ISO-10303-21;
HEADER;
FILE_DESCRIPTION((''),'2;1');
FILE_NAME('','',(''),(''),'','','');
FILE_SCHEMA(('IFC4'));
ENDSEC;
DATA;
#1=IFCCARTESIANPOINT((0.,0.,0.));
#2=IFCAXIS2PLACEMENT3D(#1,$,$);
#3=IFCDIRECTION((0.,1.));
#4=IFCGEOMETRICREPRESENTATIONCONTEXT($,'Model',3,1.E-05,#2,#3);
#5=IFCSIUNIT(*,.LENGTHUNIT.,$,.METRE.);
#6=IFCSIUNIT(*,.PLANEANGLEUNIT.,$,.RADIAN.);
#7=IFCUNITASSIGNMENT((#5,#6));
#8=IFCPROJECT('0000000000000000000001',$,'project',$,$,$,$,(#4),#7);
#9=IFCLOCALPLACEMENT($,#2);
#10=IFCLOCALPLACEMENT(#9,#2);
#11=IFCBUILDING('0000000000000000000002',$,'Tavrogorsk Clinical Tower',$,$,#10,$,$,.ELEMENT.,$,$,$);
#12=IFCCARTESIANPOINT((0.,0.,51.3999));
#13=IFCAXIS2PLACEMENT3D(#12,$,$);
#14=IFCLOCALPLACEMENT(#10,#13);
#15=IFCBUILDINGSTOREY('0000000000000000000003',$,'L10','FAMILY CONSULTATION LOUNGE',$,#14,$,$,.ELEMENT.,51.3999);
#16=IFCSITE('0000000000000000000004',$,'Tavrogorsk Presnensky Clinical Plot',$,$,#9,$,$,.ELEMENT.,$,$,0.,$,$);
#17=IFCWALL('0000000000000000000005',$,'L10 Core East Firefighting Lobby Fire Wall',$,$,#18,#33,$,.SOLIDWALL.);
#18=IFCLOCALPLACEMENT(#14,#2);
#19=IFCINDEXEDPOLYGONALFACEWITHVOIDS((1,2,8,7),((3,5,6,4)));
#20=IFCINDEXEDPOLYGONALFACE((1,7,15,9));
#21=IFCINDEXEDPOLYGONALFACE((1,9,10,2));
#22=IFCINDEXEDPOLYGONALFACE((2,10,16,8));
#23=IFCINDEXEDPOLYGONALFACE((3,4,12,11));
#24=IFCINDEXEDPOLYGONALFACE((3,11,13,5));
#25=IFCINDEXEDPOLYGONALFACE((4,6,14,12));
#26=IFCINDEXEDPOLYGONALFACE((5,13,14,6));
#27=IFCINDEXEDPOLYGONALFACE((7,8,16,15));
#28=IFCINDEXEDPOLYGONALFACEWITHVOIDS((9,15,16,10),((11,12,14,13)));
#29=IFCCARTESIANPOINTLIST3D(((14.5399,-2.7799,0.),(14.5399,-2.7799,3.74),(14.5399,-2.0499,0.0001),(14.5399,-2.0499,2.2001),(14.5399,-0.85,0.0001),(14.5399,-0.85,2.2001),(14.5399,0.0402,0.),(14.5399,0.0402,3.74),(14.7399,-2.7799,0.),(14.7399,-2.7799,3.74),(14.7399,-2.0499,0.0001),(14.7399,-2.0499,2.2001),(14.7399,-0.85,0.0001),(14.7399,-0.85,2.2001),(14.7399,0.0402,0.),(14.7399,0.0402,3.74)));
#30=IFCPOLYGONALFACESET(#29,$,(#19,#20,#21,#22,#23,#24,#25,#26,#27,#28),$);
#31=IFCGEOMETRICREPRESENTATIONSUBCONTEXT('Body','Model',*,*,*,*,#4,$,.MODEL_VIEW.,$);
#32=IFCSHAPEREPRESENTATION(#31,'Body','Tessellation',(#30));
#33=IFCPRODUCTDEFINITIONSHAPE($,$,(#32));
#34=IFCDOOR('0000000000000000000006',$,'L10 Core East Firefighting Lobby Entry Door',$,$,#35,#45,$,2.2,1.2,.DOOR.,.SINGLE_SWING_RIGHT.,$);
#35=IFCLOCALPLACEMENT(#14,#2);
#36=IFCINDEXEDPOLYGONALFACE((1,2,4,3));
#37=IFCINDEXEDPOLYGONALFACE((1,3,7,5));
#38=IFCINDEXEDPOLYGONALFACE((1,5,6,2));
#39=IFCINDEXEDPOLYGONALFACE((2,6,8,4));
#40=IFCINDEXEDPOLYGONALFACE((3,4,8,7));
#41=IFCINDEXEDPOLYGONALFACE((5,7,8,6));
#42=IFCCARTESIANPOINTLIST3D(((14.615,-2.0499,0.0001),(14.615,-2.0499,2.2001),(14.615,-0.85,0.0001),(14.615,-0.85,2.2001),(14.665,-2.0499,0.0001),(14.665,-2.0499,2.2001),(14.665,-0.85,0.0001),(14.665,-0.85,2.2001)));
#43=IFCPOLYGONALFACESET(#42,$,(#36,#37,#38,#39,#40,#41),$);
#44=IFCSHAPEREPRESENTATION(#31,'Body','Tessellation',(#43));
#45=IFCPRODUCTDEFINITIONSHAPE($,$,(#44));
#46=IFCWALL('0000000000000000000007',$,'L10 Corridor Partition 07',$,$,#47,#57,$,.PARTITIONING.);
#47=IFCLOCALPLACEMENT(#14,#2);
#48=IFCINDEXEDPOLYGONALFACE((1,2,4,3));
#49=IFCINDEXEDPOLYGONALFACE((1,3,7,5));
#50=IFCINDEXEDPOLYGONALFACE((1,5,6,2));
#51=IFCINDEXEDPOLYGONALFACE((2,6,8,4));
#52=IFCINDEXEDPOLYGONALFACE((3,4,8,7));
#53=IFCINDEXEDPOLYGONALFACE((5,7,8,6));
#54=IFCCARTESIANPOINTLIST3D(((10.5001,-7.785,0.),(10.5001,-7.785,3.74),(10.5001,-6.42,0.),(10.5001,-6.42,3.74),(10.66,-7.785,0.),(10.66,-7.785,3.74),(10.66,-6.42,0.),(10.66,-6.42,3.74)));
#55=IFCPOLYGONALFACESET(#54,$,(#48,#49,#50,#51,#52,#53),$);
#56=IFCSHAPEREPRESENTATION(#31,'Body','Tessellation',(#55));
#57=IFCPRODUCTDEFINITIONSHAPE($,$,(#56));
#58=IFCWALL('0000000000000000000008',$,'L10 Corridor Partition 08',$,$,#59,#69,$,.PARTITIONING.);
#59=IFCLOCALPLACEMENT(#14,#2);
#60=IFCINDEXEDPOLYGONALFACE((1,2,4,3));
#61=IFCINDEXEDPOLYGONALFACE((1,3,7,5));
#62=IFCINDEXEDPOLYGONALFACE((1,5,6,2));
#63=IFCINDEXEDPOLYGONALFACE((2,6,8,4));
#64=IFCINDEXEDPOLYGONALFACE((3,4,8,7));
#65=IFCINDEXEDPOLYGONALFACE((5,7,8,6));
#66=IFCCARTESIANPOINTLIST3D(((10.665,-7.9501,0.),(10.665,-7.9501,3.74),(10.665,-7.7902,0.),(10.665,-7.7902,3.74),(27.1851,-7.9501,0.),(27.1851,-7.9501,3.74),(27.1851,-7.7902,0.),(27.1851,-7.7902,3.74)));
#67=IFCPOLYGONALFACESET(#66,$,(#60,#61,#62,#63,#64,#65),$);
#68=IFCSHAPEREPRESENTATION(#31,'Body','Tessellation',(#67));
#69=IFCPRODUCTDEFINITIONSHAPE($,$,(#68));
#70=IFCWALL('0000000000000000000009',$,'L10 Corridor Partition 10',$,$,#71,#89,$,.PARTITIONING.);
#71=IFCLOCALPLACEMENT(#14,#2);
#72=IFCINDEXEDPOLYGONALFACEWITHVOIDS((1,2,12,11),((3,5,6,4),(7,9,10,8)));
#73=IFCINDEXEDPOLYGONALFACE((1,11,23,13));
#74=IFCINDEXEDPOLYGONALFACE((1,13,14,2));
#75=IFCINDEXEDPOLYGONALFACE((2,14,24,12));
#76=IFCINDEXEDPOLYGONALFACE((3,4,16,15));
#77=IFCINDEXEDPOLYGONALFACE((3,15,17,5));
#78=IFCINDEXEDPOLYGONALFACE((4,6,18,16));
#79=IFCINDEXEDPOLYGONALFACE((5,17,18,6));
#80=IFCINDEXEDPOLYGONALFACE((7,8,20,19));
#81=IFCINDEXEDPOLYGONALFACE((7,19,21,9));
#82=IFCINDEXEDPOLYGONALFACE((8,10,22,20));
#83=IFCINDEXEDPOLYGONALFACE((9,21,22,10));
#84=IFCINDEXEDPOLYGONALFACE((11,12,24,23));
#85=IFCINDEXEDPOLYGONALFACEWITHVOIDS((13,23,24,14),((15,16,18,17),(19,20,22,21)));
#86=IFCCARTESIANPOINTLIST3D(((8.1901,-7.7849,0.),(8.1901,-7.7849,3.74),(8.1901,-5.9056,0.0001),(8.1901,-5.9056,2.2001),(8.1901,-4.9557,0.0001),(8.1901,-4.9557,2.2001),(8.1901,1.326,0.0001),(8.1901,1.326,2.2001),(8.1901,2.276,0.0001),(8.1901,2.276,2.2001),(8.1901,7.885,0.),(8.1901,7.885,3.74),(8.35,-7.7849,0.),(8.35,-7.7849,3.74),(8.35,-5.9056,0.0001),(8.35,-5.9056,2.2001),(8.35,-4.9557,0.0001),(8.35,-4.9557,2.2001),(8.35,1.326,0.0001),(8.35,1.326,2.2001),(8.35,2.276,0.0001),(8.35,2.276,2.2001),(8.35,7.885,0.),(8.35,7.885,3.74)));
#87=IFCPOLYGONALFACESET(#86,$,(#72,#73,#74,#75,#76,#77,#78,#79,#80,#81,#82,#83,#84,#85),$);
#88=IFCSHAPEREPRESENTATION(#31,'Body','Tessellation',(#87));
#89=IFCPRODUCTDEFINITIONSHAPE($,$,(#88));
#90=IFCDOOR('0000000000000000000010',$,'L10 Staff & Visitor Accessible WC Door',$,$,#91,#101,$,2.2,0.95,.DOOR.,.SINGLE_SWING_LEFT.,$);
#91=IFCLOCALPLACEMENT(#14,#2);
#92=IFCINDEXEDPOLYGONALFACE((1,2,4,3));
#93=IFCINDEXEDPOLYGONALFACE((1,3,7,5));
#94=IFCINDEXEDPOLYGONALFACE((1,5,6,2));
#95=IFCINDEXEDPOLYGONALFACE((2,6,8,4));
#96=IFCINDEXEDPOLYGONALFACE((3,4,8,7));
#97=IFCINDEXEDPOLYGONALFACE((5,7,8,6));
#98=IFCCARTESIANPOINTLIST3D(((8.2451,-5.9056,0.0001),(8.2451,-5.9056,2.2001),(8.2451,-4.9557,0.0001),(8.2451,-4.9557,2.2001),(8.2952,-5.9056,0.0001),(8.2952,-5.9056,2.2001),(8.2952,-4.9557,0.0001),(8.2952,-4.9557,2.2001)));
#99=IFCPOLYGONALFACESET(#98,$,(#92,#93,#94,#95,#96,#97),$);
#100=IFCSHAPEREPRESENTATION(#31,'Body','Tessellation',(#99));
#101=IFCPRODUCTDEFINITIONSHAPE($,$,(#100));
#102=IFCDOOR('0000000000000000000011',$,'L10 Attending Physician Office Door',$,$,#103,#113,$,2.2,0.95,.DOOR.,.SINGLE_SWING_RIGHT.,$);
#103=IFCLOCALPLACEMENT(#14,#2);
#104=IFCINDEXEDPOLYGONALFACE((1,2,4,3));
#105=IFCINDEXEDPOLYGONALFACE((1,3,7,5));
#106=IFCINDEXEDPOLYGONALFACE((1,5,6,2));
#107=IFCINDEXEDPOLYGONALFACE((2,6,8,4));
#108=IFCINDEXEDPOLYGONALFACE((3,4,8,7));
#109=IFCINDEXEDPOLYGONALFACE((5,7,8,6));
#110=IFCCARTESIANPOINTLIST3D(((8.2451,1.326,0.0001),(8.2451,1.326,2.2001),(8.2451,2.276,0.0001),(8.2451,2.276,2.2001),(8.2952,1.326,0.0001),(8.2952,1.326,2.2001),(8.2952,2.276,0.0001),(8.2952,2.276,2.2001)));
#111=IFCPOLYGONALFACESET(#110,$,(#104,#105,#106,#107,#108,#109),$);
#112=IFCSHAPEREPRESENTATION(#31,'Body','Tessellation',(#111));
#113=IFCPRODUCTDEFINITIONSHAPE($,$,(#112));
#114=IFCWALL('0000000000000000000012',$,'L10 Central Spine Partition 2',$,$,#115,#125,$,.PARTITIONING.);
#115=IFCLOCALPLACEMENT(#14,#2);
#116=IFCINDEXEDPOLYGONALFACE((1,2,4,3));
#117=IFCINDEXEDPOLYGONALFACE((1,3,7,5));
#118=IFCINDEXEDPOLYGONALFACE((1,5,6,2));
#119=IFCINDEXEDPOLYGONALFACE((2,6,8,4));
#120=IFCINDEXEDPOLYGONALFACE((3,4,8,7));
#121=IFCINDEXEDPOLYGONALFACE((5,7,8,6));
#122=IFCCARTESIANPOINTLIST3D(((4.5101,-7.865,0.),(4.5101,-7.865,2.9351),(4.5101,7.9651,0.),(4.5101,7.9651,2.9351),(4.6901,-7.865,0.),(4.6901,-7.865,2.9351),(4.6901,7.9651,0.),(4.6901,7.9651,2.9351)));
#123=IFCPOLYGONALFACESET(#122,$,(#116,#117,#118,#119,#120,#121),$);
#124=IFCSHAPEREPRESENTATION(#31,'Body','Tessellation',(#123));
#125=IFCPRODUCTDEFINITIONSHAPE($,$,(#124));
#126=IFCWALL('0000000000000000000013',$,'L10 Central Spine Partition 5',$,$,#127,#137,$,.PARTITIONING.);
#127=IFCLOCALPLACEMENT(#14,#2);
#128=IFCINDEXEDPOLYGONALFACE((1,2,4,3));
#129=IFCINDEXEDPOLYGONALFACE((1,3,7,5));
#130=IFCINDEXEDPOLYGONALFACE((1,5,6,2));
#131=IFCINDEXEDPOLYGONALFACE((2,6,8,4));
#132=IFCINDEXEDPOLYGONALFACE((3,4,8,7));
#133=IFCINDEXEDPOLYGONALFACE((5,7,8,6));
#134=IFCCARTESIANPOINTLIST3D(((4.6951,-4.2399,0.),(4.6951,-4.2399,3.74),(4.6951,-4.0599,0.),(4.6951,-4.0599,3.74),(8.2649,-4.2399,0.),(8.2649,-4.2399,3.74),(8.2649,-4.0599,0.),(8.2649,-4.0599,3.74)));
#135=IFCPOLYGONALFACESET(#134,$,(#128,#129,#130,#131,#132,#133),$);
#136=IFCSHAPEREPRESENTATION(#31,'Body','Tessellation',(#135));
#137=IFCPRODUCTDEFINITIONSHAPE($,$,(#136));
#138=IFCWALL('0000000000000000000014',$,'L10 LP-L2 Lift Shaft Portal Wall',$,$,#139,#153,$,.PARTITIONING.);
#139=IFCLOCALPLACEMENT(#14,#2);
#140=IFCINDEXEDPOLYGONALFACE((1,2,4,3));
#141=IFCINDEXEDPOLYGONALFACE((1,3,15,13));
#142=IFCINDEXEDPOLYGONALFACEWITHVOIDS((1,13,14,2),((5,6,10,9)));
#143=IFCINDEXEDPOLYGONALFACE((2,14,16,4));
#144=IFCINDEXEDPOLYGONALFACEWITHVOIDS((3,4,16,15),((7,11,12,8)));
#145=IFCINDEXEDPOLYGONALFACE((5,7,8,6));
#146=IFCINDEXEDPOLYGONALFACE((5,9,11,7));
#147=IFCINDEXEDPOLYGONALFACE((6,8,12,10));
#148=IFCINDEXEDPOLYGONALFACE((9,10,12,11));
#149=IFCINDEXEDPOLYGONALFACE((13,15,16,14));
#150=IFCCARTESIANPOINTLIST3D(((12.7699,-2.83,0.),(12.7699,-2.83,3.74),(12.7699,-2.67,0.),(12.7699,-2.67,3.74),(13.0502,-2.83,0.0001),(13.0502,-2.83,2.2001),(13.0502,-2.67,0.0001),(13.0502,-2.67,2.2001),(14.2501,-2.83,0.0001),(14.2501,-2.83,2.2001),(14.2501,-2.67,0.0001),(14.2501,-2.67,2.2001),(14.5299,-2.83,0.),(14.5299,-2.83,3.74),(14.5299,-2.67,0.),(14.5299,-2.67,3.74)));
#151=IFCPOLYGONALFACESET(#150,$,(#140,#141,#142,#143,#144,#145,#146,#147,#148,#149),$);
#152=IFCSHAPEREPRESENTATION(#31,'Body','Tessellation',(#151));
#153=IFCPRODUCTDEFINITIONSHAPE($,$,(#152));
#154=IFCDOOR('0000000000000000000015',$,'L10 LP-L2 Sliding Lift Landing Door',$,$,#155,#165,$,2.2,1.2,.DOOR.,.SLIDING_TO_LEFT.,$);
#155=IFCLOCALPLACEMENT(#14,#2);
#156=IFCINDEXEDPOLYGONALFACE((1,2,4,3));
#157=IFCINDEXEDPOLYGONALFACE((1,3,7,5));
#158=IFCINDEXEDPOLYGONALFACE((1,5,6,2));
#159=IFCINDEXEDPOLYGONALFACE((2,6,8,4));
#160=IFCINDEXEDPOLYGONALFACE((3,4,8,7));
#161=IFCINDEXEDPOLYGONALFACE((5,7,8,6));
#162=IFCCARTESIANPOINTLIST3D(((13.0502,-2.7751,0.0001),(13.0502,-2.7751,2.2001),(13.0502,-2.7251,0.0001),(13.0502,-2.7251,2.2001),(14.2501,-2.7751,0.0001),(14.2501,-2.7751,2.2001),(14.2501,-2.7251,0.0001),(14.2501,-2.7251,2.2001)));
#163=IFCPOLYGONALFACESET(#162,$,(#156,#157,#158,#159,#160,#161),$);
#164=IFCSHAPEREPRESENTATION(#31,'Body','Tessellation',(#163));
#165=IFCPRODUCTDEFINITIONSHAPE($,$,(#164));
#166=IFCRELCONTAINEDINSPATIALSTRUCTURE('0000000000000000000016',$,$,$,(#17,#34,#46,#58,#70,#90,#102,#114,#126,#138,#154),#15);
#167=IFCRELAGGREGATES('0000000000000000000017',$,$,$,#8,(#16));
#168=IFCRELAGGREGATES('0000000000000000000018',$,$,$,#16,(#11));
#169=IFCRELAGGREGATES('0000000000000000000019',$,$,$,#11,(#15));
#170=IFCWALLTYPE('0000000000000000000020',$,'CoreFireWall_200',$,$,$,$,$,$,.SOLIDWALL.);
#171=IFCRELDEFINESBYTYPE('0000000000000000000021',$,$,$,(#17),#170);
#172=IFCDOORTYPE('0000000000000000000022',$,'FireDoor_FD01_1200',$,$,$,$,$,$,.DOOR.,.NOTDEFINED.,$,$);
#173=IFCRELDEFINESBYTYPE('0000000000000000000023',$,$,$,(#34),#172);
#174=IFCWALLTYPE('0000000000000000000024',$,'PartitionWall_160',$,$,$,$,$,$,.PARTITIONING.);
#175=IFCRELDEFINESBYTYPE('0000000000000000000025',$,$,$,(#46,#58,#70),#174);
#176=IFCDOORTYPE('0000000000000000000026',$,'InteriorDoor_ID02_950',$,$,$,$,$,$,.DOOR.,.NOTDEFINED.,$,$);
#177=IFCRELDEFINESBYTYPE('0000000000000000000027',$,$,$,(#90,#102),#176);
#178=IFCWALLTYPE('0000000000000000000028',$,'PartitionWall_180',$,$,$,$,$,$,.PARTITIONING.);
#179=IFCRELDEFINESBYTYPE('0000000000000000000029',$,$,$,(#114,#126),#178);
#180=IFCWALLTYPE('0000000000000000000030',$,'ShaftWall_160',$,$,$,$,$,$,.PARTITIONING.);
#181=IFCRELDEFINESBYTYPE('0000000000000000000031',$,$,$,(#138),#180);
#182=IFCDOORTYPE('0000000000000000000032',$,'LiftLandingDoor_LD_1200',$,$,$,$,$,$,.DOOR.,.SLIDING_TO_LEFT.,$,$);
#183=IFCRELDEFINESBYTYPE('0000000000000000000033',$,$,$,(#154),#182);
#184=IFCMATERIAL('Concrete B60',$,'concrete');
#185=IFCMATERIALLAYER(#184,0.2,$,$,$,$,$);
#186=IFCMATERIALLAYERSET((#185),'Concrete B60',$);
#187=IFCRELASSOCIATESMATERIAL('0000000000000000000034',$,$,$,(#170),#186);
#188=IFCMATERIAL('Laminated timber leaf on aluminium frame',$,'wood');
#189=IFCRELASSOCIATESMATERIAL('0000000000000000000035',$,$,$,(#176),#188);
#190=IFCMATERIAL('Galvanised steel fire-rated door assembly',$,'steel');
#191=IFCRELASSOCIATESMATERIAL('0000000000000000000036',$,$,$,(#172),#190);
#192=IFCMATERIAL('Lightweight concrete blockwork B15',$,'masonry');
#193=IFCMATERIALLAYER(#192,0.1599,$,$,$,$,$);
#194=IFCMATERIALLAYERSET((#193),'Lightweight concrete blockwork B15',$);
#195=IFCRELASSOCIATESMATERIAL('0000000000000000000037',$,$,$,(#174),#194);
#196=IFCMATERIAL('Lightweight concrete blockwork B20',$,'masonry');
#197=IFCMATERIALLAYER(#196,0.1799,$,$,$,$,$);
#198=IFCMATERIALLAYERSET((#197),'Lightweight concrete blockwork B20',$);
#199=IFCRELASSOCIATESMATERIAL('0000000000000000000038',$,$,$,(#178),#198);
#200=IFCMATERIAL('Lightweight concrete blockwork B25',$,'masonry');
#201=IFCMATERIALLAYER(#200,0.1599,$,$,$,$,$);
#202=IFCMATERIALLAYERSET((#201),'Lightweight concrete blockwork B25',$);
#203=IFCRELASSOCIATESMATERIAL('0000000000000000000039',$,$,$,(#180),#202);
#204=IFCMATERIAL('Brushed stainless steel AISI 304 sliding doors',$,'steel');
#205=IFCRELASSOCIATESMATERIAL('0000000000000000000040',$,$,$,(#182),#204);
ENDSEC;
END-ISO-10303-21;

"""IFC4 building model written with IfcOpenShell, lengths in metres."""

from ifc_helpers import new_model, si_unit, direction, frame, frame_2d, origin, place, context, subcontext, project, spatial, rectangle, extrude, material, layer, layer_set, type_object, element, fill, save


model = new_model("IFC4")

# Units and contexts
model_context = context("Model", 3, precision=1e-05, world=origin(), true_north=direction((0.0, 1.0)))
body_context = subcontext(model_context, "Body", "Model", "MODEL_VIEW")
ifc_project = project(units=[si_unit("LENGTHUNIT", "METRE"), si_unit("PLANEANGLEUNIT", "RADIAN")], contexts=[model_context])

# Site, building, storey
site_placement = place(None, origin())
site = spatial("IfcSite", under=ifc_project, at=site_placement, Name="Tavrogorsk Presnensky Clinical Plot", CompositionType="ELEMENT", RefElevation=0.0)
building_placement = place(site_placement, origin())
building = spatial("IfcBuilding", under=site, at=building_placement, Name="Tavrogorsk Clinical Tower", CompositionType="ELEMENT")
storey_placement = place(building_placement, frame((0.0, 0.0, 51.3999)))
storey = spatial("IfcBuildingStorey", under=building, at=storey_placement, Name="L10", Description="FAMILY CONSULTATION LOUNGE", CompositionType="ELEMENT", Elevation=51.3999)

# Wall, opening, door
ifc_material_1 = material(Name="Concrete B60", Category="concrete")
ifc_layer_1 = layer(ifc_material_1, 0.2)
ifc_layer_set_1 = layer_set([ifc_layer_1], Name="Concrete B60")
wall_type_1 = type_object("IfcWallType", Name="CoreFireWall_200", PredefinedType="SOLIDWALL", material=ifc_layer_set_1)
ifc_material_2 = material(Name="Laminated timber leaf on aluminium frame", Category="wood")
door_type_1 = type_object("IfcDoorType", Name="InteriorDoor_ID02_950", OperationType="NOTDEFINED", PredefinedType="DOOR", material=ifc_material_2)
wall_1_placement = place(storey_placement, frame((14.6399, -2.78, 0.0), z_axis=(0.0, 0.0, 1.0), x_axis=(0.0, 1.0, 0.0)))
wall_1 = element("IfcWall", 1, at=wall_1_placement, inside=storey, type_object=wall_type_1, Name="L10 Core East Firefighting Lobby Fire Wall", PredefinedType="SOLIDWALL", context=body_context, shape_type="SweptSolid", body=[
    extrude(rectangle(XDim=2.8201, YDim=0.2, at=frame_2d((1.4102, 0.0))), origin(), (0.0, 0.0, 1.0), 3.74),
])
opening_1_placement = place(wall_1_placement, frame((0.73, 0.0, 0.0)))
opening_1 = element("IfcOpeningElement", 2, at=opening_1_placement, cuts=wall_1, PredefinedType="OPENING", context=body_context, shape_type="SweptSolid", body=[
    extrude(rectangle(XDim=1.2, YDim=2.2, at=frame_2d((0.6001, 1.1001))), frame((0.0, 0.1099, 0.0), z_axis=(0.0, -1.0, 0.0), x_axis=(1.0, 0.0, 0.0)), (0.0, 0.0, 1.0), 0.22),
])
ifc_material_3 = material(Name="Galvanised steel fire-rated door assembly", Category="steel")
door_type_2 = type_object("IfcDoorType", Name="FireDoor_FD01_1200", OperationType="NOTDEFINED", PredefinedType="DOOR", material=ifc_material_3)
door_1_placement = place(opening_1_placement, origin())
door_1 = element("IfcDoor", 3, at=door_1_placement, inside=storey, type_object=door_type_2, Name="L10 Core East Firefighting Lobby Entry Door", OperationType="SINGLE_SWING_RIGHT", OverallHeight=2.2, OverallWidth=1.2, PredefinedType="DOOR", context=body_context, shape_type="SweptSolid", body=[
    extrude(rectangle(XDim=1.2, YDim=2.2, at=frame_2d((0.6001, 1.1001))), frame((0.0, 0.0249, 0.0), z_axis=(0.0, -1.0, 0.0), x_axis=(1.0, 0.0, 0.0)), (0.0, 0.0, 1.0), 0.05),
])
fill(opening_1, door_1)

# Walls
ifc_material_4 = material(Name="Lightweight concrete blockwork B15", Category="masonry")
ifc_layer_2 = layer(ifc_material_4, 0.1599)
ifc_layer_set_2 = layer_set([ifc_layer_2], Name="Lightweight concrete blockwork B15")
wall_type_2 = type_object("IfcWallType", Name="PartitionWall_160", PredefinedType="PARTITIONING", material=ifc_layer_set_2)
wall_2_placement = place(storey_placement, frame((10.5801, -6.4199, 0.0), z_axis=(0.0, 0.0, 1.0), x_axis=(0.0, -1.0, 0.0)))
element("IfcWall", 4, at=wall_2_placement, inside=storey, type_object=wall_type_2, Name="L10 Corridor Partition 07", PredefinedType="PARTITIONING", context=body_context, shape_type="SweptSolid", body=[
    extrude(rectangle(XDim=1.365, YDim=0.1599, at=frame_2d((0.6826, 0.0))), origin(), (0.0, 0.0, 1.0), 3.74),
])
wall_3_placement = place(storey_placement, frame((10.665, -7.8701, 0.0), z_axis=(0.0, 0.0, 1.0), x_axis=(1.0, 0.0, 0.0)))
element("IfcWall", 5, at=wall_3_placement, inside=storey, type_object=wall_type_2, Name="L10 Corridor Partition 08", PredefinedType="PARTITIONING", context=body_context, shape_type="SweptSolid", body=[
    extrude(rectangle(XDim=16.52, YDim=0.1599, at=frame_2d((8.26, 0.0))), origin(), (0.0, 0.0, 1.0), 3.74),
])

# Wall, openings, doors
wall_4_placement = place(storey_placement, frame((8.27, -7.7849, 0.0), z_axis=(0.0, 0.0, 1.0), x_axis=(0.0, 1.0, 0.0)))
wall_4 = element("IfcWall", 6, at=wall_4_placement, inside=storey, type_object=wall_type_2, Name="L10 Corridor Partition 10", PredefinedType="PARTITIONING", context=body_context, shape_type="SweptSolid", body=[
    extrude(rectangle(XDim=15.6699, YDim=0.1599, at=frame_2d((7.835, 0.0))), origin(), (0.0, 0.0, 1.0), 3.74),
])
opening_2_placement = place(wall_4_placement, frame((1.8792, 0.0, 0.0)))
opening_2 = element("IfcOpeningElement", 7, at=opening_2_placement, cuts=wall_4, PredefinedType="OPENING", context=body_context, shape_type="SweptSolid", body=[
    extrude(rectangle(XDim=0.95, YDim=2.2, at=frame_2d((0.4751, 1.1001))), frame((0.0, 0.0898, 0.0), z_axis=(0.0, -1.0, 0.0), x_axis=(1.0, 0.0, 0.0)), (0.0, 0.0, 1.0), 0.1799),
])
opening_3_placement = place(wall_4_placement, frame((9.1108, 0.0, 0.0)))
opening_3 = element("IfcOpeningElement", 8, at=opening_3_placement, cuts=wall_4, PredefinedType="OPENING", context=body_context, shape_type="SweptSolid", body=[
    extrude(rectangle(XDim=0.95, YDim=2.2, at=frame_2d((0.4751, 1.1001))), frame((0.0, 0.0898, 0.0), z_axis=(0.0, -1.0, 0.0), x_axis=(1.0, 0.0, 0.0)), (0.0, 0.0, 1.0), 0.1799),
])
door_2_placement = place(opening_2_placement, origin())
door_2 = element("IfcDoor", 9, at=door_2_placement, inside=storey, type_object=door_type_1, Name="L10 Staff & Visitor Accessible WC Door", OperationType="SINGLE_SWING_LEFT", OverallHeight=2.2, OverallWidth=0.95, PredefinedType="DOOR", context=body_context, shape_type="SweptSolid", body=[
    extrude(rectangle(XDim=0.95, YDim=2.2, at=frame_2d((0.4751, 1.1001))), frame((0.0, 0.0249, 0.0), z_axis=(0.0, -1.0, 0.0), x_axis=(1.0, 0.0, 0.0)), (0.0, 0.0, 1.0), 0.05),
])
fill(opening_2, door_2)
door_3_placement = place(opening_3_placement, origin())
door_3 = element("IfcDoor", 10, at=door_3_placement, inside=storey, type_object=door_type_1, Name="L10 Attending Physician Office Door", OperationType="SINGLE_SWING_RIGHT", OverallHeight=2.2, OverallWidth=0.95, PredefinedType="DOOR", context=body_context, shape_type="SweptSolid", body=[
    extrude(rectangle(XDim=0.95, YDim=2.2, at=frame_2d((0.4751, 1.1001))), frame((0.0, 0.0249, 0.0), z_axis=(0.0, -1.0, 0.0), x_axis=(1.0, 0.0, 0.0)), (0.0, 0.0, 1.0), 0.05),
])
fill(opening_3, door_3)

# Walls
ifc_material_5 = material(Name="Lightweight concrete blockwork B20", Category="masonry")
ifc_layer_3 = layer(ifc_material_5, 0.1799)
ifc_layer_set_3 = layer_set([ifc_layer_3], Name="Lightweight concrete blockwork B20")
wall_type_3 = type_object("IfcWallType", Name="PartitionWall_180", PredefinedType="PARTITIONING", material=ifc_layer_set_3)
wall_5_placement = place(storey_placement, frame((4.6001, -7.865, 0.0), z_axis=(0.0, 0.0, 1.0), x_axis=(0.0, 1.0, 0.0)))
element("IfcWall", 11, at=wall_5_placement, inside=storey, type_object=wall_type_3, Name="L10 Central Spine Partition 2", PredefinedType="PARTITIONING", context=body_context, shape_type="SweptSolid", body=[
    extrude(rectangle(XDim=15.8301, YDim=0.1799, at=frame_2d((7.915, 0.0))), origin(), (0.0, 0.0, 1.0), 2.9351),
])
wall_6_placement = place(storey_placement, frame((4.6951, -4.1499, 0.0), z_axis=(0.0, 0.0, 1.0), x_axis=(1.0, 0.0, 0.0)))
element("IfcWall", 12, at=wall_6_placement, inside=storey, type_object=wall_type_3, Name="L10 Central Spine Partition 5", PredefinedType="PARTITIONING", context=body_context, shape_type="SweptSolid", body=[
    extrude(rectangle(XDim=3.5698, YDim=0.1799, at=frame_2d((1.7849, 0.0))), origin(), (0.0, 0.0, 1.0), 3.74),
])

# Wall, opening, door
ifc_material_6 = material(Name="Lightweight concrete blockwork B25", Category="masonry")
ifc_layer_4 = layer(ifc_material_6, 0.1599)
ifc_layer_set_4 = layer_set([ifc_layer_4], Name="Lightweight concrete blockwork B25")
wall_type_4 = type_object("IfcWallType", Name="ShaftWall_160", PredefinedType="PARTITIONING", material=ifc_layer_set_4)
wall_7_placement = place(storey_placement, frame((12.77, -2.75, 0.0), z_axis=(0.0, 0.0, 1.0), x_axis=(1.0, 0.0, 0.0)))
wall_7 = element("IfcWall", 13, at=wall_7_placement, inside=storey, type_object=wall_type_4, Name="L10 LP-L2 Lift Shaft Portal Wall", PredefinedType="PARTITIONING", context=body_context, shape_type="SweptSolid", body=[
    extrude(rectangle(XDim=1.76, YDim=0.1599, at=frame_2d((0.8799, 0.0))), origin(), (0.0, 0.0, 1.0), 3.74),
])
opening_4_placement = place(wall_7_placement, frame((0.28, 0.0, 0.0)))
opening_4 = element("IfcOpeningElement", 14, at=opening_4_placement, cuts=wall_7, PredefinedType="OPENING", context=body_context, shape_type="SweptSolid", body=[
    extrude(rectangle(XDim=1.2, YDim=2.2, at=frame_2d((0.6001, 1.1001))), frame((0.0, 0.0898, 0.0), z_axis=(0.0, -1.0, 0.0), x_axis=(1.0, 0.0, 0.0)), (0.0, 0.0, 1.0), 0.1799),
])
ifc_material_7 = material(Name="Brushed stainless steel AISI 304 sliding doors", Category="steel")
door_type_3 = type_object("IfcDoorType", Name="LiftLandingDoor_LD_1200", OperationType="SLIDING_TO_LEFT", PredefinedType="DOOR", material=ifc_material_7)
door_4_placement = place(opening_4_placement, origin())
door_4 = element("IfcDoor", 15, at=door_4_placement, inside=storey, type_object=door_type_3, Name="L10 LP-L2 Sliding Lift Landing Door", OperationType="SLIDING_TO_LEFT", OverallHeight=2.2, OverallWidth=1.2, PredefinedType="DOOR", context=body_context, shape_type="SweptSolid", body=[
    extrude(rectangle(XDim=1.2, YDim=2.2, at=frame_2d((0.6001, 1.1001))), frame((0.0, 0.0249, 0.0), z_axis=(0.0, -1.0, 0.0), x_axis=(1.0, 0.0, 0.0)), (0.0, 0.0, 1.0), 0.05),
])
fill(opening_4, door_4)

save(model, "model.ifc")
